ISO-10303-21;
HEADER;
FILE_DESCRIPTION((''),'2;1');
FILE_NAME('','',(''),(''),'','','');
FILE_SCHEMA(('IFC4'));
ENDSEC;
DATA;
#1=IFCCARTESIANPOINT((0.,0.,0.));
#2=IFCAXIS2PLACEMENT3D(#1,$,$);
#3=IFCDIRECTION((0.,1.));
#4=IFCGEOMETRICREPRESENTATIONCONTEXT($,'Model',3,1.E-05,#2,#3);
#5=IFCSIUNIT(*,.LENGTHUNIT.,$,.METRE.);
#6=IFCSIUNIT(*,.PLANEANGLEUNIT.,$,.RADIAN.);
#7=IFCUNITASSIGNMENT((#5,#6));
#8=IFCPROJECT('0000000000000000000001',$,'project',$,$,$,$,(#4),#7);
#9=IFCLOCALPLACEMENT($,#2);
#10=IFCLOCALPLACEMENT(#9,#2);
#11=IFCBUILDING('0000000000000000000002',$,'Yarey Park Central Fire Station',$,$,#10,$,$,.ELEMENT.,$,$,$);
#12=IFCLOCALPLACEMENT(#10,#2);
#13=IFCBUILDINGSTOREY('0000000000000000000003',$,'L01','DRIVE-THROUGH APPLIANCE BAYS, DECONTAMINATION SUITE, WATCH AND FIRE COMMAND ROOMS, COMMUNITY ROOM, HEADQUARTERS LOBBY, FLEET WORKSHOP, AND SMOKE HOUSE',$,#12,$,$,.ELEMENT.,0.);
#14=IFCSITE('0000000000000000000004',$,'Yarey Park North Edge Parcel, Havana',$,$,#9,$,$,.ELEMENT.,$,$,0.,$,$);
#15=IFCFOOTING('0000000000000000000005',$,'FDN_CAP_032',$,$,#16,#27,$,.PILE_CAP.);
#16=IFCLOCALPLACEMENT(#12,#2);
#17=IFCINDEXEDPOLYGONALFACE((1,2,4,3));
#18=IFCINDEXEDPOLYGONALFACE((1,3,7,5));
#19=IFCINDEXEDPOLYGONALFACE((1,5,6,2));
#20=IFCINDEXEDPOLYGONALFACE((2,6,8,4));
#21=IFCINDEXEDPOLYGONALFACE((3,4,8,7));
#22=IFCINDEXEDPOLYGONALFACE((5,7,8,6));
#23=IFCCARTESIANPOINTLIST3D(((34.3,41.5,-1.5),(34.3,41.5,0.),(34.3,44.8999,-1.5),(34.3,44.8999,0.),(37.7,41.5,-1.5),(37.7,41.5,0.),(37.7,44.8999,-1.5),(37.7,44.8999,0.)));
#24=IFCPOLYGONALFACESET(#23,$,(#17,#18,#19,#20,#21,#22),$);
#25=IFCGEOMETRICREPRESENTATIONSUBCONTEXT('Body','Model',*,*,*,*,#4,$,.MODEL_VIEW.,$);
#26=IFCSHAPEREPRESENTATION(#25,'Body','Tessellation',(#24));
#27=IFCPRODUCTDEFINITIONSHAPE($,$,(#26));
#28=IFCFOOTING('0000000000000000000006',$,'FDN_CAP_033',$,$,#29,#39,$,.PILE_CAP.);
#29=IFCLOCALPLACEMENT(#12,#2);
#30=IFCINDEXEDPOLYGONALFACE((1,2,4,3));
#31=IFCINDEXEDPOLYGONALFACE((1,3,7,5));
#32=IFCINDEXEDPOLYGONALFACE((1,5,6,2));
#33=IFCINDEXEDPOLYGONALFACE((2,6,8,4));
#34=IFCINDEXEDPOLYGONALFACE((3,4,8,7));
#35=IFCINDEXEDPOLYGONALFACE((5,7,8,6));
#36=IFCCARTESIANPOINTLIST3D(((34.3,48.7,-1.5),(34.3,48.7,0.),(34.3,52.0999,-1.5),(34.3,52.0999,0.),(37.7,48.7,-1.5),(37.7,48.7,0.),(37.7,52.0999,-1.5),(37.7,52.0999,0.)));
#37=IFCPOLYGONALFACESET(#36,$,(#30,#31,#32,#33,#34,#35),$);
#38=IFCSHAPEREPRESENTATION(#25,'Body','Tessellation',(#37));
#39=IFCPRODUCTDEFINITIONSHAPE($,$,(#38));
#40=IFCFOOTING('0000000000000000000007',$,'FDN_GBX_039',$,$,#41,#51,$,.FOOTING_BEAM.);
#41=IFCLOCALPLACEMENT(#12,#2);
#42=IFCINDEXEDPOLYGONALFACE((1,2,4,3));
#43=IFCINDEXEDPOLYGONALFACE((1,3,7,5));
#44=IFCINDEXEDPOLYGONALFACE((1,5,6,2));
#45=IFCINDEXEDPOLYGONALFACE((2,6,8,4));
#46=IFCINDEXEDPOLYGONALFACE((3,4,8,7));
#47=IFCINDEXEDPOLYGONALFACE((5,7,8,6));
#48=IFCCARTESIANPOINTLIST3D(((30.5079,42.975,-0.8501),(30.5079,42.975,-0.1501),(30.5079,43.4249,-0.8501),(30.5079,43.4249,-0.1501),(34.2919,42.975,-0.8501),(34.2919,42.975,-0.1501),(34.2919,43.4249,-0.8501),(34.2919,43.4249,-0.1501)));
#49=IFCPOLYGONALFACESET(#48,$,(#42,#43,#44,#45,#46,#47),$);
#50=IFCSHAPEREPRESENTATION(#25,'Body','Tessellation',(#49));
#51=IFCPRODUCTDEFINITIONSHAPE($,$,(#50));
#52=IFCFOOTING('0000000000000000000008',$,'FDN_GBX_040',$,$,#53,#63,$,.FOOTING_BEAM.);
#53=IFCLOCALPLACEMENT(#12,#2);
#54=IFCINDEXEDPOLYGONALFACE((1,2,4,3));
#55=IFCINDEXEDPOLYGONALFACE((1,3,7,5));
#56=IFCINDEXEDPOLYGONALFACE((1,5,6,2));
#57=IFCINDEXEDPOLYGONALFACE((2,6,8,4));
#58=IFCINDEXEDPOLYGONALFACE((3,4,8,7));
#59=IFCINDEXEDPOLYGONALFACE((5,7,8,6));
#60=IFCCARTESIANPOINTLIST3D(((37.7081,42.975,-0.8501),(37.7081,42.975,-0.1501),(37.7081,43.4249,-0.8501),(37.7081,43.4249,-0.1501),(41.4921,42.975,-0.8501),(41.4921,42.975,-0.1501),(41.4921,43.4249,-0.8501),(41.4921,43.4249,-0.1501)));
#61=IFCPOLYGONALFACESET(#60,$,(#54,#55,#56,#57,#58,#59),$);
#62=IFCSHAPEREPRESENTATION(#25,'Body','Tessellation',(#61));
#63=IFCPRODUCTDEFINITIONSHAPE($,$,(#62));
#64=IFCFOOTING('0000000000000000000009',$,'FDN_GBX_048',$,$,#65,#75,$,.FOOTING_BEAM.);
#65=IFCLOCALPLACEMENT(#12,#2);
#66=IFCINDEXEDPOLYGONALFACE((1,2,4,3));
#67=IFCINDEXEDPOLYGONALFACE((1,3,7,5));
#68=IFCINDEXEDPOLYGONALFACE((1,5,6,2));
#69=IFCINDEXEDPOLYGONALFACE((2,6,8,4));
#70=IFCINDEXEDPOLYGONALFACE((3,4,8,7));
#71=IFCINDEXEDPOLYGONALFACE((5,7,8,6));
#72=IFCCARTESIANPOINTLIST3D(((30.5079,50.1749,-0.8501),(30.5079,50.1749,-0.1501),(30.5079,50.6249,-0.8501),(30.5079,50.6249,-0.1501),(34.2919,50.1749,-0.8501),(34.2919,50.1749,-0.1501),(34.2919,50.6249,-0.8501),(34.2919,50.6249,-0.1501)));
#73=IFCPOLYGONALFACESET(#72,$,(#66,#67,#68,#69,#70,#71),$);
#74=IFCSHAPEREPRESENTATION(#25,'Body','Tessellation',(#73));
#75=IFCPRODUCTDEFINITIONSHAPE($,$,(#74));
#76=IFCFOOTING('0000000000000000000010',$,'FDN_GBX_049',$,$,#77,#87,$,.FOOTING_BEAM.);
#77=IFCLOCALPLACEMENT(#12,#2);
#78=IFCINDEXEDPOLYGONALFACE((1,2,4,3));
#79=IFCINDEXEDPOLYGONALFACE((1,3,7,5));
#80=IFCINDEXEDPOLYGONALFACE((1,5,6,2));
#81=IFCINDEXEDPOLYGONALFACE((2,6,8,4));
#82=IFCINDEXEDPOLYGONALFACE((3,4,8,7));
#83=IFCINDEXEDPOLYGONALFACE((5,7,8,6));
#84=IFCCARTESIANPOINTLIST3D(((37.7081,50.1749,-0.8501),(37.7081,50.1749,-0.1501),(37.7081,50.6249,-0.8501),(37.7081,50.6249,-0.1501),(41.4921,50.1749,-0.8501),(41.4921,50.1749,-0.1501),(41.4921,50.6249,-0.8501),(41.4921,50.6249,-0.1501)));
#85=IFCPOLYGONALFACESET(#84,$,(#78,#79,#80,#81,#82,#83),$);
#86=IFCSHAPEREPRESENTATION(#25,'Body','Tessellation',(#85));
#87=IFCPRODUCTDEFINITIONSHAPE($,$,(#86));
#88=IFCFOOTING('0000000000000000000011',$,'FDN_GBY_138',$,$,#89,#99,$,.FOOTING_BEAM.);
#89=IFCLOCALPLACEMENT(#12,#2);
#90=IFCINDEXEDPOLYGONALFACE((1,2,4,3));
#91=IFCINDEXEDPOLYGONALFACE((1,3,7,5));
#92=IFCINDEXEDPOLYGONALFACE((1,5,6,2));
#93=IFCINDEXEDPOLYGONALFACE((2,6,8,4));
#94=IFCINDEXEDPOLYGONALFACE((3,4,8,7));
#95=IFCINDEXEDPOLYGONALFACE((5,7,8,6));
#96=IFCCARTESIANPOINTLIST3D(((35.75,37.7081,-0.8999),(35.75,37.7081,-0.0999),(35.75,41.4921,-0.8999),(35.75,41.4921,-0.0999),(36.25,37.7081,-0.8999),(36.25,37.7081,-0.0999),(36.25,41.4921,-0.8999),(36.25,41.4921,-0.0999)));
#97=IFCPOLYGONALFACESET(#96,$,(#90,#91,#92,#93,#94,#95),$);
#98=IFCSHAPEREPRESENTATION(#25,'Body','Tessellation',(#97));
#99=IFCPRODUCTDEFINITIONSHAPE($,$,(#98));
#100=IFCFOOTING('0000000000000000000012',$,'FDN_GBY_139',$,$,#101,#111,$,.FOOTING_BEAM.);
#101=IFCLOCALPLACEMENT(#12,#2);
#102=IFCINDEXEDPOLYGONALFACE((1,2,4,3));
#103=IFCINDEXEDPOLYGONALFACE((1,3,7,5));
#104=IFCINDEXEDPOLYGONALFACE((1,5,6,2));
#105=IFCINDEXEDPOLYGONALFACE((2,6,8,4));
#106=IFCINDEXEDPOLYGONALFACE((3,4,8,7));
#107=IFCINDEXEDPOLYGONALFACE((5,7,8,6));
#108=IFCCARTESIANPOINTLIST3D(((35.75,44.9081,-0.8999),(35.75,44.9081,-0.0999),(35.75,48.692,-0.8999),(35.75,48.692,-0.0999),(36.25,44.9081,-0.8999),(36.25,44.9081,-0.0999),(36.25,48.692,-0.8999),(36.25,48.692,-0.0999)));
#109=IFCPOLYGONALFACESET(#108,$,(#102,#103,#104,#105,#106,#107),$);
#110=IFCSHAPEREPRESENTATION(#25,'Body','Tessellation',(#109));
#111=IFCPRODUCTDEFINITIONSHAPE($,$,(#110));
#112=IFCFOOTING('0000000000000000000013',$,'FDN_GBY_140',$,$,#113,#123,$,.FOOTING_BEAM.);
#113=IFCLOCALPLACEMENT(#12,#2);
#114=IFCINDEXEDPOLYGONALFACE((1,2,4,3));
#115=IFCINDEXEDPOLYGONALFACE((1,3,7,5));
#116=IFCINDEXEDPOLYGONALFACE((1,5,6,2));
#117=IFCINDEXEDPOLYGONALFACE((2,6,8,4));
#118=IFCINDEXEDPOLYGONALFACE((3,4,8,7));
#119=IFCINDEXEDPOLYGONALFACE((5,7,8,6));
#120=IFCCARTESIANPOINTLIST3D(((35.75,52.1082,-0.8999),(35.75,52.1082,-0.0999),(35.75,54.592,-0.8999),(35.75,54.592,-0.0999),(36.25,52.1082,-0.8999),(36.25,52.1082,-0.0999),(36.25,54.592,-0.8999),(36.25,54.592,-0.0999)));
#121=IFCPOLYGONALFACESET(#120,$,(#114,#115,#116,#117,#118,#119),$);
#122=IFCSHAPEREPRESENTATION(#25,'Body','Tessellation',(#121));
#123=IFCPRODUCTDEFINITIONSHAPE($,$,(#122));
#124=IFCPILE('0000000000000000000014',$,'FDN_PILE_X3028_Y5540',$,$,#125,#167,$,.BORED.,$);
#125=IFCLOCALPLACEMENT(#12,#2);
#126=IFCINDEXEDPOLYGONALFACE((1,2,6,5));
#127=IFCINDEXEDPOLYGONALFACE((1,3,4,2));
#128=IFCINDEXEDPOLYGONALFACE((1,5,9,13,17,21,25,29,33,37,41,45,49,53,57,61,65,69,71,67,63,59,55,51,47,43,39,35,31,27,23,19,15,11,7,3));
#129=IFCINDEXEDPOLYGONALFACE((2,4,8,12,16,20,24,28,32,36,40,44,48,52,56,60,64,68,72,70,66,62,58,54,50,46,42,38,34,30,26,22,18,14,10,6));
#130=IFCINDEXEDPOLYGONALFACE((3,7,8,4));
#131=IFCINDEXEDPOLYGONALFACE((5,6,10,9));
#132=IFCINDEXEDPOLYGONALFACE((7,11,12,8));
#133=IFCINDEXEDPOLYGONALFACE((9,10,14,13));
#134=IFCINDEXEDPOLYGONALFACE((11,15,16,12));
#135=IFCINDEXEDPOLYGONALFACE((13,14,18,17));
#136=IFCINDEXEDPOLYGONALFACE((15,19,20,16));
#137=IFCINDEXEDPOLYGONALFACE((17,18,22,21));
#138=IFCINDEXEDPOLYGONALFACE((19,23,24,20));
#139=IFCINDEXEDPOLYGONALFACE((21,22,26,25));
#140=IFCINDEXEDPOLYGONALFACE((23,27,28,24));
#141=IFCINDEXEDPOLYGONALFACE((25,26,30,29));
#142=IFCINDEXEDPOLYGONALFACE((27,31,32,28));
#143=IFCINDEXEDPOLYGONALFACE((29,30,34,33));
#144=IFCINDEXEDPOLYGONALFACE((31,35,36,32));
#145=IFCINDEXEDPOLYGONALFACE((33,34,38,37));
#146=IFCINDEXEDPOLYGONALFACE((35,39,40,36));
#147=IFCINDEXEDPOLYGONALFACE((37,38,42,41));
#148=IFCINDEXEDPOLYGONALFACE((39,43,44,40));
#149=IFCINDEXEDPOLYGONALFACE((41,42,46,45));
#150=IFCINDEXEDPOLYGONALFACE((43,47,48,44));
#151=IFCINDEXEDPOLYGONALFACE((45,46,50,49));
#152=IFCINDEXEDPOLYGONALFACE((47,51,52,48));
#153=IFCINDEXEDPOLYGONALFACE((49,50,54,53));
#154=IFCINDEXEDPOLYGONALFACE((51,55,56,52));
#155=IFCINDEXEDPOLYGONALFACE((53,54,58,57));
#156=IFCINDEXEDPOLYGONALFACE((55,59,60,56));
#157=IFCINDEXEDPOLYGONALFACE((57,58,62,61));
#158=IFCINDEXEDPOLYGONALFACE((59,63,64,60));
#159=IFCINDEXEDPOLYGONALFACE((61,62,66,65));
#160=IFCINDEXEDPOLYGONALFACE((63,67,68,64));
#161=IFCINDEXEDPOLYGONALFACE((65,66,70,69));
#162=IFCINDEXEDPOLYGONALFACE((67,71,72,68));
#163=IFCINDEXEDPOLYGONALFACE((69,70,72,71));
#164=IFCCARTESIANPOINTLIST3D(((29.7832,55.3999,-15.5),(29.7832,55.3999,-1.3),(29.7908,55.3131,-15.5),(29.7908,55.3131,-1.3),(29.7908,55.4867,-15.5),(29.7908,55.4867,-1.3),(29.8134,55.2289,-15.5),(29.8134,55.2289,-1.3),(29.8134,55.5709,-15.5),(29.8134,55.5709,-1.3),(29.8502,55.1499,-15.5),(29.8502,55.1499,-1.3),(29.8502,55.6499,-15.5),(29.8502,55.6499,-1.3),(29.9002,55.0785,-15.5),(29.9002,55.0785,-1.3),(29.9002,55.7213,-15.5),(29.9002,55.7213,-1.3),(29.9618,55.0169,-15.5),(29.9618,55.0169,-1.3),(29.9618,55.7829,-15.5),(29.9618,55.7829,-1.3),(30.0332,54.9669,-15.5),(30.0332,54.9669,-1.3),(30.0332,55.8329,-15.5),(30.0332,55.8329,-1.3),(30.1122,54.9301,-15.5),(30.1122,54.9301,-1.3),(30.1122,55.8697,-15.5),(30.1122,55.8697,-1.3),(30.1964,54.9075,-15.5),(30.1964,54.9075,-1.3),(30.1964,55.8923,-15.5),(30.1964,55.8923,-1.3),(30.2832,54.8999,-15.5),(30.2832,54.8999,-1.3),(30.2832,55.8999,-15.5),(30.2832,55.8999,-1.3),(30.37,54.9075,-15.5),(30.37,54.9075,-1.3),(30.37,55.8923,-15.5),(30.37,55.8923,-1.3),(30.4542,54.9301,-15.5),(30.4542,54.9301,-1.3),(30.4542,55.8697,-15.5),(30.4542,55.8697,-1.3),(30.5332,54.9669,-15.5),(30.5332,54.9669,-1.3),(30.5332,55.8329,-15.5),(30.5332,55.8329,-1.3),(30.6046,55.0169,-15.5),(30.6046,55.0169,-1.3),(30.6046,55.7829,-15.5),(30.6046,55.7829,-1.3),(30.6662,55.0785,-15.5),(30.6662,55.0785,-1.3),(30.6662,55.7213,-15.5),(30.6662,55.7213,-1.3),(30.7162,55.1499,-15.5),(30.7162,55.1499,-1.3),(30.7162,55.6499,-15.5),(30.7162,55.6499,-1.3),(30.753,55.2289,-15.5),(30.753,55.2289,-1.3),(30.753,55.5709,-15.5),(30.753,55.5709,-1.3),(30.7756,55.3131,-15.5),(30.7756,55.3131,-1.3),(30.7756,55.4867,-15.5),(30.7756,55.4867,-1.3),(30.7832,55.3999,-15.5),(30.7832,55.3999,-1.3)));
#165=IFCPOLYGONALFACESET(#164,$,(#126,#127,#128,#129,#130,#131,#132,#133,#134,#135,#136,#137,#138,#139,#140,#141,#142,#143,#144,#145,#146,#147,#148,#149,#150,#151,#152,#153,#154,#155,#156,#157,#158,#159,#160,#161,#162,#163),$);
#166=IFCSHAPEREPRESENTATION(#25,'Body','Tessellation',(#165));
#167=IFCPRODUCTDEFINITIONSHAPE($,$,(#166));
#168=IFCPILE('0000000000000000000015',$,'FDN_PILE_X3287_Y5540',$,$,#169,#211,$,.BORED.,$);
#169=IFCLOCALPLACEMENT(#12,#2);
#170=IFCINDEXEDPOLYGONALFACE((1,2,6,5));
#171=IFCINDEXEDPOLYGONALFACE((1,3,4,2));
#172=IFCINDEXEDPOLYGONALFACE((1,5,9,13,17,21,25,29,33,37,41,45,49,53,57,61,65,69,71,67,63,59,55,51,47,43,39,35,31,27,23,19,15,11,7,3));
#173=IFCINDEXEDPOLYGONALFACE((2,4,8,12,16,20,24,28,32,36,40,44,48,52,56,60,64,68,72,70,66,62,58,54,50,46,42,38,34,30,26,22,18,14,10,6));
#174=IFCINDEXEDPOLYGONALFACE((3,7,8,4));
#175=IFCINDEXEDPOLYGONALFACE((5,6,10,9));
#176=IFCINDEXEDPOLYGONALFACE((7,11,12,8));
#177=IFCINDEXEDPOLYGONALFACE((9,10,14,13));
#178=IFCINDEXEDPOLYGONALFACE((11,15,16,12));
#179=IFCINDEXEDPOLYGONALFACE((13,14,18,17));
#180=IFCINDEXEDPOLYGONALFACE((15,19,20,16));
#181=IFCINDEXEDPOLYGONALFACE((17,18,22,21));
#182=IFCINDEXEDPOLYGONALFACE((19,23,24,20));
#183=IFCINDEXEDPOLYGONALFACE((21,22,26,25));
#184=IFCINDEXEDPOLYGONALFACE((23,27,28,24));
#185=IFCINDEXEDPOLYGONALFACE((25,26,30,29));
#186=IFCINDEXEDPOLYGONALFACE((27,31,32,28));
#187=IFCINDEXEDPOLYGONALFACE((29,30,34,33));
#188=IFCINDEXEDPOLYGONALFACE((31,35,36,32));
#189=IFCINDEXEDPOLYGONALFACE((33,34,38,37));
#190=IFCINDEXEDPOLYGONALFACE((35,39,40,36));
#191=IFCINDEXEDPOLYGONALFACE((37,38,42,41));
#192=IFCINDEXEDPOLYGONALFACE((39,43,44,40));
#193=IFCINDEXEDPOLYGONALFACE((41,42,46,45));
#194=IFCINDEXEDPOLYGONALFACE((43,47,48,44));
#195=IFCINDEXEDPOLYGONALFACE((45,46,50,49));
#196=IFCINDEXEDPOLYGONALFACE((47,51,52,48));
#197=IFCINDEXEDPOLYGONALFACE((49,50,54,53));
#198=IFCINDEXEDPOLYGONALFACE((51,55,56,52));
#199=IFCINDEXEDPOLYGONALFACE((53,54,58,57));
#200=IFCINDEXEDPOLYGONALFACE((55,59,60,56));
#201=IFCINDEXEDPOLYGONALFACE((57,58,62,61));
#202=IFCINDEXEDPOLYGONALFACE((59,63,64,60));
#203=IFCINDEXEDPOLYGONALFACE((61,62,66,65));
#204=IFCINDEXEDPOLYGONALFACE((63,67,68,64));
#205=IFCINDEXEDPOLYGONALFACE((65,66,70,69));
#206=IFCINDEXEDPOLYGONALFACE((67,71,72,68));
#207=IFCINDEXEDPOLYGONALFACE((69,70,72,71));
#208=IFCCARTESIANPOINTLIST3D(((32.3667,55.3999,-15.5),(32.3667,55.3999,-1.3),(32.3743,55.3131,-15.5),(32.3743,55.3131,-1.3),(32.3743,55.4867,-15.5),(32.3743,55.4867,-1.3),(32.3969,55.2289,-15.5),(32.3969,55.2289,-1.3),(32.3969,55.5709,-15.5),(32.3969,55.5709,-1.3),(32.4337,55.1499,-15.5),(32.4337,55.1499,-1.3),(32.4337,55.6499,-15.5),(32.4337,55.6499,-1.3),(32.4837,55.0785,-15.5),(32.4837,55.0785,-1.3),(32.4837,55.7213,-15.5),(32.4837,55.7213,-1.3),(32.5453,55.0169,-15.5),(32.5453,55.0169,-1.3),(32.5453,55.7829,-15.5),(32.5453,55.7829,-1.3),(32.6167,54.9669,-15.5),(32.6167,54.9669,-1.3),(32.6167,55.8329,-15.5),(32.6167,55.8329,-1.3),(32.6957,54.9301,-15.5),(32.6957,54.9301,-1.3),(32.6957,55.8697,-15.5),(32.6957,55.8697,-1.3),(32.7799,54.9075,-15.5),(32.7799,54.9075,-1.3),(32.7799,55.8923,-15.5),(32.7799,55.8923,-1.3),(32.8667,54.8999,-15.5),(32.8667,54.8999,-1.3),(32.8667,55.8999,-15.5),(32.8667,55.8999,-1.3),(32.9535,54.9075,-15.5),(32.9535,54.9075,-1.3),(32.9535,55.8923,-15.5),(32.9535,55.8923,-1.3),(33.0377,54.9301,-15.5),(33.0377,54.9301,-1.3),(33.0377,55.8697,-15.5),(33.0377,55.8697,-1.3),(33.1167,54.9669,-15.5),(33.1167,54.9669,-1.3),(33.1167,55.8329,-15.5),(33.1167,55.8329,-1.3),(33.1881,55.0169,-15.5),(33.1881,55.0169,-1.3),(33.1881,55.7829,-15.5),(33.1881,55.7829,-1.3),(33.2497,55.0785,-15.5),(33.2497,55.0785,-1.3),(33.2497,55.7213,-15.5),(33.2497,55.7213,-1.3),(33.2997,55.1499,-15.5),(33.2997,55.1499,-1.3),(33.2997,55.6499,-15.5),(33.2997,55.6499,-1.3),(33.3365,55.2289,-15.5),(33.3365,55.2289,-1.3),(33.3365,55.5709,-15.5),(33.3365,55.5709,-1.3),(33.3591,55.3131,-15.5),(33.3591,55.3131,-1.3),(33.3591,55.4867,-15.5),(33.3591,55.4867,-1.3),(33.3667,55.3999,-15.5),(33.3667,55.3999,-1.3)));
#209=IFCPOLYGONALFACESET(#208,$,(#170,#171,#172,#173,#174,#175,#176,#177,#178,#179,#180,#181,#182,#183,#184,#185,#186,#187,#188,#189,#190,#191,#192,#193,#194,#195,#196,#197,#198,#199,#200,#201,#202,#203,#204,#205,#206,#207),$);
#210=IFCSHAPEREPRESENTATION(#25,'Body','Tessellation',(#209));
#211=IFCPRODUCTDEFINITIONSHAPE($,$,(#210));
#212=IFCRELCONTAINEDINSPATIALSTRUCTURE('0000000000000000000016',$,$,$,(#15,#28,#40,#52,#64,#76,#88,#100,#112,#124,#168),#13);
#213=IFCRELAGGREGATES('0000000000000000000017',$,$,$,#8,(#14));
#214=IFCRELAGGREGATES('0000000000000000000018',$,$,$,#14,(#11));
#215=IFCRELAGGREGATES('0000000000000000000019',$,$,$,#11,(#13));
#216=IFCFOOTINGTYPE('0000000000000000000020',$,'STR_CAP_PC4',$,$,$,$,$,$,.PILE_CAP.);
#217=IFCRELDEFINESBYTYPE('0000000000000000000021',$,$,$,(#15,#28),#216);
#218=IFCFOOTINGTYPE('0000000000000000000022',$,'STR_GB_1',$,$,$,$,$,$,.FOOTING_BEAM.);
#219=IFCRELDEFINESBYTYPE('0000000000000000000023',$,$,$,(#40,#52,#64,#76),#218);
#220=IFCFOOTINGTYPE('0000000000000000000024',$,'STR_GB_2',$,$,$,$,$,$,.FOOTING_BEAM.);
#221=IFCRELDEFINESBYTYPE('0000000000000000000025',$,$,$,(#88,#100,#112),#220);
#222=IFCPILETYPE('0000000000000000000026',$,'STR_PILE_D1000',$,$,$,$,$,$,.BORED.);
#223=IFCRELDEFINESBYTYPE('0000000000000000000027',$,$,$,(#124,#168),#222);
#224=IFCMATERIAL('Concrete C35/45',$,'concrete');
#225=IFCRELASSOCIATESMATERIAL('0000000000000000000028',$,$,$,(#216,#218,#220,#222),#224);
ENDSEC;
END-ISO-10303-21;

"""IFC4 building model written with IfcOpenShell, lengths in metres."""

from ifc_helpers import new_model, si_unit, direction, frame, origin, origin_2d, place, context, subcontext, project, spatial, rectangle, circle, extrude, material, material_profile, profile_set, type_object, element, save


model = new_model("IFC4")

# Units and contexts
model_context = context("Model", 3, precision=1e-05, world=origin(), true_north=direction((0.0, 1.0)))
body_context = subcontext(model_context, "Body", "Model", "MODEL_VIEW")
ifc_project = project(units=[si_unit("LENGTHUNIT", "METRE"), si_unit("PLANEANGLEUNIT", "RADIAN")], contexts=[model_context])

# Site, building, storey
site_placement = place(None, origin())
site = spatial("IfcSite", under=ifc_project, at=site_placement, Name="Yarey Park North Edge Parcel, Havana", CompositionType="ELEMENT", RefElevation=0.0)
building_placement = place(site_placement, origin())
building = spatial("IfcBuilding", under=site, at=building_placement, Name="Yarey Park Central Fire Station", CompositionType="ELEMENT")
storey_placement = place(building_placement, origin())
storey = spatial("IfcBuildingStorey", under=building, at=storey_placement, Name="L01", Description="DRIVE-THROUGH APPLIANCE BAYS, DECONTAMINATION SUITE, WATCH AND FIRE COMMAND ROOMS, COMMUNITY ROOM, HEADQUARTERS LOBBY, FLEET WORKSHOP, AND SMOKE HOUSE", CompositionType="ELEMENT", Elevation=0.0)

# Footings
ifc_material_1 = material(Name="Concrete C35/45", Category="concrete")
footing_type_1 = type_object("IfcFootingType", Name="STR_CAP_PC4", PredefinedType="PILE_CAP", material=ifc_material_1)
for number, where, z_axis, x_axis, name in (
    (1, (36.0, 43.2, -1.5), (0.0, 0.0, 1.0), (1.0, 0.0, 0.0), "FDN_CAP_032"),
    (2, (36.0, 50.3999, -1.5), (0.0, 0.0, 1.0), (1.0, 0.0, 0.0), "FDN_CAP_033"),
):
    element("IfcFooting", number, at=place(storey_placement, frame(where, z_axis=z_axis, x_axis=x_axis)), inside=storey, type_object=footing_type_1, Name=name, PredefinedType="PILE_CAP", context=body_context, shape_type="SweptSolid", body=[
        extrude(rectangle(XDim=3.3999, YDim=3.3999, at=origin_2d()), origin(), (0.0, 0.0, 1.0), 1.5),
    ])
footing_type_2 = type_object("IfcFootingType", Name="STR_GB_1", PredefinedType="FOOTING_BEAM", material=ifc_material_1)
for number, where, z_axis, x_axis, name in (
    (3, (32.3999, 43.2, -0.8501), (0.0, 0.0, 1.0), (1.0, 0.0, 0.0), "FDN_GBX_039"),
    (4, (39.6001, 43.2, -0.8501), (0.0, 0.0, 1.0), (1.0, 0.0, 0.0), "FDN_GBX_040"),
    (5, (32.3999, 50.3999, -0.8501), (0.0, 0.0, 1.0), (1.0, 0.0, 0.0), "FDN_GBX_048"),
    (6, (39.6001, 50.3999, -0.8501), (0.0, 0.0, 1.0), (1.0, 0.0, 0.0), "FDN_GBX_049"),
):
    element("IfcFooting", number, at=place(storey_placement, frame(where, z_axis=z_axis, x_axis=x_axis)), inside=storey, type_object=footing_type_2, Name=name, PredefinedType="FOOTING_BEAM", context=body_context, shape_type="SweptSolid", body=[
        extrude(rectangle(XDim=3.7839, YDim=0.45, at=origin_2d()), origin(), (0.0, 0.0, 1.0), 0.7),
    ])
footing_type_3 = type_object("IfcFootingType", Name="STR_GB_2", PredefinedType="FOOTING_BEAM", material=ifc_material_1)
for number, where, z_axis, x_axis, name in (
    (7, (36.0, 39.6001, -0.8999), (0.0, 0.0, 1.0), (1.0, 0.0, 0.0), "FDN_GBY_138"),
    (8, (36.0, 46.8, -0.8999), (0.0, 0.0, 1.0), (1.0, 0.0, 0.0), "FDN_GBY_139"),
):
    element("IfcFooting", number, at=place(storey_placement, frame(where, z_axis=z_axis, x_axis=x_axis)), inside=storey, type_object=footing_type_3, Name=name, PredefinedType="FOOTING_BEAM", context=body_context, shape_type="SweptSolid", body=[
        extrude(rectangle(XDim=0.5, YDim=3.7839, at=origin_2d()), origin(), (0.0, 0.0, 1.0), 0.8),
    ])
footing_placement = place(storey_placement, frame((36.0, 53.3501, -0.8999), z_axis=(0.0, 0.0, 1.0), x_axis=(1.0, 0.0, 0.0)))
element("IfcFooting", 9, at=footing_placement, inside=storey, type_object=footing_type_3, Name="FDN_GBY_140", PredefinedType="FOOTING_BEAM", context=body_context, shape_type="SweptSolid", body=[
    extrude(rectangle(XDim=0.5, YDim=2.4839, at=origin_2d()), origin(), (0.0, 0.0, 1.0), 0.8),
])

# Piles
ifc_material_profile_1 = material_profile(ifc_material_1, circle(Radius=0.5, at=origin_2d()), Name="BORED PILE D1000")
ifc_profile_set_1 = profile_set([ifc_material_profile_1], Name="Concrete C35/45")
pile_type_1 = type_object("IfcPileType", Name="STR_PILE_D1000", PredefinedType="BORED", material=ifc_profile_set_1)
for number, where, z_axis, x_axis, name in (
    (10, (30.2832, 55.3999, -1.3), (0.0, 0.0, -1.0), (1.0, 0.0, 0.0), "FDN_PILE_X3028_Y5540"),
    (11, (32.8667, 55.3999, -1.3), (0.0, 0.0, -1.0), (1.0, 0.0, 0.0), "FDN_PILE_X3287_Y5540"),
):
    element("IfcPile", number, at=place(storey_placement, frame(where, z_axis=z_axis, x_axis=x_axis)), inside=storey, type_object=pile_type_1, Name=name, PredefinedType="BORED", context=body_context, shape_type="SweptSolid", body=[
        extrude(circle(Radius=0.5, at=origin_2d()), origin(), (0.0, 0.0, 1.0), 14.2),
    ])

save(model, "model.ifc")
